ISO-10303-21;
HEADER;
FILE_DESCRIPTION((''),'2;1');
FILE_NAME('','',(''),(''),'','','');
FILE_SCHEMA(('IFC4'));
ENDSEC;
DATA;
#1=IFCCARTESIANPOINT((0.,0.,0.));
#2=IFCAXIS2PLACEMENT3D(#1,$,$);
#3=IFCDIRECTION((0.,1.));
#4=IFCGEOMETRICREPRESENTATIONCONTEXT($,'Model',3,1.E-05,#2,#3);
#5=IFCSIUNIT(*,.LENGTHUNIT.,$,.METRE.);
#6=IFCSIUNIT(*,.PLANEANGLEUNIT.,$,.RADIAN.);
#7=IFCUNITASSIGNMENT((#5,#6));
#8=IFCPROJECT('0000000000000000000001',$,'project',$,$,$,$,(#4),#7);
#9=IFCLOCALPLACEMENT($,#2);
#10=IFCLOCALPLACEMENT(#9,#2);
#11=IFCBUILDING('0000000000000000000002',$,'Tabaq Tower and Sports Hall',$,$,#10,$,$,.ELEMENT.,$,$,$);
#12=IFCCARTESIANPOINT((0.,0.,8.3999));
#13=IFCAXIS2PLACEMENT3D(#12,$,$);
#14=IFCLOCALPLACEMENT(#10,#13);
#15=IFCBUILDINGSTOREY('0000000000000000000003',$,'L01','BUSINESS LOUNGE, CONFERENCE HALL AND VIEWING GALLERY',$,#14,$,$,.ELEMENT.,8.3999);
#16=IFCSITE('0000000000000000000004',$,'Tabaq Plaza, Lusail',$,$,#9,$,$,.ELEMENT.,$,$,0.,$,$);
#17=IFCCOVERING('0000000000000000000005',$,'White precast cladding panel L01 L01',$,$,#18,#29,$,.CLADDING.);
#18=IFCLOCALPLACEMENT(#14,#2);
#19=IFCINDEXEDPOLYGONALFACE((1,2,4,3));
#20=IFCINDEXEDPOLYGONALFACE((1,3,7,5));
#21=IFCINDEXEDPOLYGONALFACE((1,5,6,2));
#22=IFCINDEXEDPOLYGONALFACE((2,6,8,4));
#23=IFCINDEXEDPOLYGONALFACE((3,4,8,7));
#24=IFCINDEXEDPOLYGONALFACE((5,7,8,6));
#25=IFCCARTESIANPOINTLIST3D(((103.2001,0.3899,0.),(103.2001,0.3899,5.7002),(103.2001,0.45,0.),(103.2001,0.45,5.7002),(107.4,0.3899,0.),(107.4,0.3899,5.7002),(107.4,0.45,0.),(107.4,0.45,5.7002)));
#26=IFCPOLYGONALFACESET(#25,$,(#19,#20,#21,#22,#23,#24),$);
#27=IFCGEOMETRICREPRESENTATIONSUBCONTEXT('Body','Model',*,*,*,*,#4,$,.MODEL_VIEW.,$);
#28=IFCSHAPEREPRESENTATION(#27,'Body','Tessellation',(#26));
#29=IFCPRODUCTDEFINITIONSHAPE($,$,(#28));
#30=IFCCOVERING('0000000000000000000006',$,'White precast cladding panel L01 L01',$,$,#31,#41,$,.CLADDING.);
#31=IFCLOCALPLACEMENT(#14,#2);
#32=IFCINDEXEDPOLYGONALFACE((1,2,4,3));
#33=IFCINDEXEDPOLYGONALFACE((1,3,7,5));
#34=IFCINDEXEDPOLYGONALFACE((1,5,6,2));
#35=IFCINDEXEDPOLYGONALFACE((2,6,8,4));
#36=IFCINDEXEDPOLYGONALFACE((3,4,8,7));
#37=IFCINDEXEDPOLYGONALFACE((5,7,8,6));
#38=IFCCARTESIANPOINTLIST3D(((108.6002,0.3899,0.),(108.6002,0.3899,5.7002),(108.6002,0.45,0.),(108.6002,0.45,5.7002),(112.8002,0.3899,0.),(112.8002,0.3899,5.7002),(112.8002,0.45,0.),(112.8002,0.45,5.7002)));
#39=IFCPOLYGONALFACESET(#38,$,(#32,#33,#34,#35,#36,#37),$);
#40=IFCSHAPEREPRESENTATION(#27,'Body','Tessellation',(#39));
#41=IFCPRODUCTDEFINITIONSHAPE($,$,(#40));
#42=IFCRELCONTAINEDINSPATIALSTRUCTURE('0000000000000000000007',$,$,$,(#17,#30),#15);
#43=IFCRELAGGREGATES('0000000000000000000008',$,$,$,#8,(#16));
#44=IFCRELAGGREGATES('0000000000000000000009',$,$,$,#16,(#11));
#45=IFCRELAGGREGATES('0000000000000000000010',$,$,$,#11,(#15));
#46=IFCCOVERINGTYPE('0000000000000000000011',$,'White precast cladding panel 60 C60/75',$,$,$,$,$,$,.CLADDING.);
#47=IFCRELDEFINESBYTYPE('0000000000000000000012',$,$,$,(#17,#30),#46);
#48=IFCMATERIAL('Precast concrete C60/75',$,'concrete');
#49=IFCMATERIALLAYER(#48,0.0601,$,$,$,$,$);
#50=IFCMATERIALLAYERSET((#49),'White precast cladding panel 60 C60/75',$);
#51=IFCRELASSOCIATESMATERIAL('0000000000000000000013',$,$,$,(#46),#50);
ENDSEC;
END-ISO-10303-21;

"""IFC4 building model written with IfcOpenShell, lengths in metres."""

from ifc_helpers import new_model, si_unit, direction, frame, frame_2d, origin, place, context, subcontext, project, spatial, rectangle, extrude, material, layer, layer_set, type_object, element, save


model = new_model("IFC4")

# Units and contexts
model_context = context("Model", 3, precision=1e-05, world=origin(), true_north=direction((0.0, 1.0)))
body_context = subcontext(model_context, "Body", "Model", "MODEL_VIEW")
ifc_project = project(units=[si_unit("LENGTHUNIT", "METRE"), si_unit("PLANEANGLEUNIT", "RADIAN")], contexts=[model_context])

# Site, building, storey
site_placement = place(None, origin())
site = spatial("IfcSite", under=ifc_project, at=site_placement, Name="Tabaq Plaza, Lusail", CompositionType="ELEMENT", RefElevation=0.0)
building_placement = place(site_placement, origin())
building = spatial("IfcBuilding", under=site, at=building_placement, Name="Tabaq Tower and Sports Hall", CompositionType="ELEMENT")
storey_placement = place(building_placement, frame((0.0, 0.0, 8.3999)))
storey = spatial("IfcBuildingStorey", under=building, at=storey_placement, Name="L01", Description="BUSINESS LOUNGE, CONFERENCE HALL AND VIEWING GALLERY", CompositionType="ELEMENT", Elevation=8.3999)

# Coverings
ifc_material_1 = material(Name="Precast concrete C60/75", Category="concrete")
ifc_layer_1 = layer(ifc_material_1, 0.0601)
ifc_layer_set_1 = layer_set([ifc_layer_1], Name="White precast cladding panel 60 C60/75")
covering_type = type_object("IfcCoveringType", Name="White precast cladding panel 60 C60/75", PredefinedType="CLADDING", material=ifc_layer_set_1)
for number, where, z_axis, x_axis, name in (
    (1, (103.2, 0.4199, 0.0), (0.0, 0.0, 1.0), (1.0, 0.0, 0.0), "White precast cladding panel L01 L01"),
    (2, (108.6001, 0.4199, 0.0), (0.0, 0.0, 1.0), (1.0, 0.0, 0.0), "White precast cladding panel L01 L01"),
):
    element("IfcCovering", number, at=place(storey_placement, frame(where, z_axis=z_axis, x_axis=x_axis)), inside=storey, type_object=covering_type, Name=name, PredefinedType="CLADDING", context=body_context, shape_type="SweptSolid", body=[
        extrude(rectangle(XDim=4.2, YDim=0.0601, at=frame_2d((2.1001, 0.0))), origin(), (0.0, 0.0, 1.0), 5.7002),
    ])

save(model, "model.ifc")
